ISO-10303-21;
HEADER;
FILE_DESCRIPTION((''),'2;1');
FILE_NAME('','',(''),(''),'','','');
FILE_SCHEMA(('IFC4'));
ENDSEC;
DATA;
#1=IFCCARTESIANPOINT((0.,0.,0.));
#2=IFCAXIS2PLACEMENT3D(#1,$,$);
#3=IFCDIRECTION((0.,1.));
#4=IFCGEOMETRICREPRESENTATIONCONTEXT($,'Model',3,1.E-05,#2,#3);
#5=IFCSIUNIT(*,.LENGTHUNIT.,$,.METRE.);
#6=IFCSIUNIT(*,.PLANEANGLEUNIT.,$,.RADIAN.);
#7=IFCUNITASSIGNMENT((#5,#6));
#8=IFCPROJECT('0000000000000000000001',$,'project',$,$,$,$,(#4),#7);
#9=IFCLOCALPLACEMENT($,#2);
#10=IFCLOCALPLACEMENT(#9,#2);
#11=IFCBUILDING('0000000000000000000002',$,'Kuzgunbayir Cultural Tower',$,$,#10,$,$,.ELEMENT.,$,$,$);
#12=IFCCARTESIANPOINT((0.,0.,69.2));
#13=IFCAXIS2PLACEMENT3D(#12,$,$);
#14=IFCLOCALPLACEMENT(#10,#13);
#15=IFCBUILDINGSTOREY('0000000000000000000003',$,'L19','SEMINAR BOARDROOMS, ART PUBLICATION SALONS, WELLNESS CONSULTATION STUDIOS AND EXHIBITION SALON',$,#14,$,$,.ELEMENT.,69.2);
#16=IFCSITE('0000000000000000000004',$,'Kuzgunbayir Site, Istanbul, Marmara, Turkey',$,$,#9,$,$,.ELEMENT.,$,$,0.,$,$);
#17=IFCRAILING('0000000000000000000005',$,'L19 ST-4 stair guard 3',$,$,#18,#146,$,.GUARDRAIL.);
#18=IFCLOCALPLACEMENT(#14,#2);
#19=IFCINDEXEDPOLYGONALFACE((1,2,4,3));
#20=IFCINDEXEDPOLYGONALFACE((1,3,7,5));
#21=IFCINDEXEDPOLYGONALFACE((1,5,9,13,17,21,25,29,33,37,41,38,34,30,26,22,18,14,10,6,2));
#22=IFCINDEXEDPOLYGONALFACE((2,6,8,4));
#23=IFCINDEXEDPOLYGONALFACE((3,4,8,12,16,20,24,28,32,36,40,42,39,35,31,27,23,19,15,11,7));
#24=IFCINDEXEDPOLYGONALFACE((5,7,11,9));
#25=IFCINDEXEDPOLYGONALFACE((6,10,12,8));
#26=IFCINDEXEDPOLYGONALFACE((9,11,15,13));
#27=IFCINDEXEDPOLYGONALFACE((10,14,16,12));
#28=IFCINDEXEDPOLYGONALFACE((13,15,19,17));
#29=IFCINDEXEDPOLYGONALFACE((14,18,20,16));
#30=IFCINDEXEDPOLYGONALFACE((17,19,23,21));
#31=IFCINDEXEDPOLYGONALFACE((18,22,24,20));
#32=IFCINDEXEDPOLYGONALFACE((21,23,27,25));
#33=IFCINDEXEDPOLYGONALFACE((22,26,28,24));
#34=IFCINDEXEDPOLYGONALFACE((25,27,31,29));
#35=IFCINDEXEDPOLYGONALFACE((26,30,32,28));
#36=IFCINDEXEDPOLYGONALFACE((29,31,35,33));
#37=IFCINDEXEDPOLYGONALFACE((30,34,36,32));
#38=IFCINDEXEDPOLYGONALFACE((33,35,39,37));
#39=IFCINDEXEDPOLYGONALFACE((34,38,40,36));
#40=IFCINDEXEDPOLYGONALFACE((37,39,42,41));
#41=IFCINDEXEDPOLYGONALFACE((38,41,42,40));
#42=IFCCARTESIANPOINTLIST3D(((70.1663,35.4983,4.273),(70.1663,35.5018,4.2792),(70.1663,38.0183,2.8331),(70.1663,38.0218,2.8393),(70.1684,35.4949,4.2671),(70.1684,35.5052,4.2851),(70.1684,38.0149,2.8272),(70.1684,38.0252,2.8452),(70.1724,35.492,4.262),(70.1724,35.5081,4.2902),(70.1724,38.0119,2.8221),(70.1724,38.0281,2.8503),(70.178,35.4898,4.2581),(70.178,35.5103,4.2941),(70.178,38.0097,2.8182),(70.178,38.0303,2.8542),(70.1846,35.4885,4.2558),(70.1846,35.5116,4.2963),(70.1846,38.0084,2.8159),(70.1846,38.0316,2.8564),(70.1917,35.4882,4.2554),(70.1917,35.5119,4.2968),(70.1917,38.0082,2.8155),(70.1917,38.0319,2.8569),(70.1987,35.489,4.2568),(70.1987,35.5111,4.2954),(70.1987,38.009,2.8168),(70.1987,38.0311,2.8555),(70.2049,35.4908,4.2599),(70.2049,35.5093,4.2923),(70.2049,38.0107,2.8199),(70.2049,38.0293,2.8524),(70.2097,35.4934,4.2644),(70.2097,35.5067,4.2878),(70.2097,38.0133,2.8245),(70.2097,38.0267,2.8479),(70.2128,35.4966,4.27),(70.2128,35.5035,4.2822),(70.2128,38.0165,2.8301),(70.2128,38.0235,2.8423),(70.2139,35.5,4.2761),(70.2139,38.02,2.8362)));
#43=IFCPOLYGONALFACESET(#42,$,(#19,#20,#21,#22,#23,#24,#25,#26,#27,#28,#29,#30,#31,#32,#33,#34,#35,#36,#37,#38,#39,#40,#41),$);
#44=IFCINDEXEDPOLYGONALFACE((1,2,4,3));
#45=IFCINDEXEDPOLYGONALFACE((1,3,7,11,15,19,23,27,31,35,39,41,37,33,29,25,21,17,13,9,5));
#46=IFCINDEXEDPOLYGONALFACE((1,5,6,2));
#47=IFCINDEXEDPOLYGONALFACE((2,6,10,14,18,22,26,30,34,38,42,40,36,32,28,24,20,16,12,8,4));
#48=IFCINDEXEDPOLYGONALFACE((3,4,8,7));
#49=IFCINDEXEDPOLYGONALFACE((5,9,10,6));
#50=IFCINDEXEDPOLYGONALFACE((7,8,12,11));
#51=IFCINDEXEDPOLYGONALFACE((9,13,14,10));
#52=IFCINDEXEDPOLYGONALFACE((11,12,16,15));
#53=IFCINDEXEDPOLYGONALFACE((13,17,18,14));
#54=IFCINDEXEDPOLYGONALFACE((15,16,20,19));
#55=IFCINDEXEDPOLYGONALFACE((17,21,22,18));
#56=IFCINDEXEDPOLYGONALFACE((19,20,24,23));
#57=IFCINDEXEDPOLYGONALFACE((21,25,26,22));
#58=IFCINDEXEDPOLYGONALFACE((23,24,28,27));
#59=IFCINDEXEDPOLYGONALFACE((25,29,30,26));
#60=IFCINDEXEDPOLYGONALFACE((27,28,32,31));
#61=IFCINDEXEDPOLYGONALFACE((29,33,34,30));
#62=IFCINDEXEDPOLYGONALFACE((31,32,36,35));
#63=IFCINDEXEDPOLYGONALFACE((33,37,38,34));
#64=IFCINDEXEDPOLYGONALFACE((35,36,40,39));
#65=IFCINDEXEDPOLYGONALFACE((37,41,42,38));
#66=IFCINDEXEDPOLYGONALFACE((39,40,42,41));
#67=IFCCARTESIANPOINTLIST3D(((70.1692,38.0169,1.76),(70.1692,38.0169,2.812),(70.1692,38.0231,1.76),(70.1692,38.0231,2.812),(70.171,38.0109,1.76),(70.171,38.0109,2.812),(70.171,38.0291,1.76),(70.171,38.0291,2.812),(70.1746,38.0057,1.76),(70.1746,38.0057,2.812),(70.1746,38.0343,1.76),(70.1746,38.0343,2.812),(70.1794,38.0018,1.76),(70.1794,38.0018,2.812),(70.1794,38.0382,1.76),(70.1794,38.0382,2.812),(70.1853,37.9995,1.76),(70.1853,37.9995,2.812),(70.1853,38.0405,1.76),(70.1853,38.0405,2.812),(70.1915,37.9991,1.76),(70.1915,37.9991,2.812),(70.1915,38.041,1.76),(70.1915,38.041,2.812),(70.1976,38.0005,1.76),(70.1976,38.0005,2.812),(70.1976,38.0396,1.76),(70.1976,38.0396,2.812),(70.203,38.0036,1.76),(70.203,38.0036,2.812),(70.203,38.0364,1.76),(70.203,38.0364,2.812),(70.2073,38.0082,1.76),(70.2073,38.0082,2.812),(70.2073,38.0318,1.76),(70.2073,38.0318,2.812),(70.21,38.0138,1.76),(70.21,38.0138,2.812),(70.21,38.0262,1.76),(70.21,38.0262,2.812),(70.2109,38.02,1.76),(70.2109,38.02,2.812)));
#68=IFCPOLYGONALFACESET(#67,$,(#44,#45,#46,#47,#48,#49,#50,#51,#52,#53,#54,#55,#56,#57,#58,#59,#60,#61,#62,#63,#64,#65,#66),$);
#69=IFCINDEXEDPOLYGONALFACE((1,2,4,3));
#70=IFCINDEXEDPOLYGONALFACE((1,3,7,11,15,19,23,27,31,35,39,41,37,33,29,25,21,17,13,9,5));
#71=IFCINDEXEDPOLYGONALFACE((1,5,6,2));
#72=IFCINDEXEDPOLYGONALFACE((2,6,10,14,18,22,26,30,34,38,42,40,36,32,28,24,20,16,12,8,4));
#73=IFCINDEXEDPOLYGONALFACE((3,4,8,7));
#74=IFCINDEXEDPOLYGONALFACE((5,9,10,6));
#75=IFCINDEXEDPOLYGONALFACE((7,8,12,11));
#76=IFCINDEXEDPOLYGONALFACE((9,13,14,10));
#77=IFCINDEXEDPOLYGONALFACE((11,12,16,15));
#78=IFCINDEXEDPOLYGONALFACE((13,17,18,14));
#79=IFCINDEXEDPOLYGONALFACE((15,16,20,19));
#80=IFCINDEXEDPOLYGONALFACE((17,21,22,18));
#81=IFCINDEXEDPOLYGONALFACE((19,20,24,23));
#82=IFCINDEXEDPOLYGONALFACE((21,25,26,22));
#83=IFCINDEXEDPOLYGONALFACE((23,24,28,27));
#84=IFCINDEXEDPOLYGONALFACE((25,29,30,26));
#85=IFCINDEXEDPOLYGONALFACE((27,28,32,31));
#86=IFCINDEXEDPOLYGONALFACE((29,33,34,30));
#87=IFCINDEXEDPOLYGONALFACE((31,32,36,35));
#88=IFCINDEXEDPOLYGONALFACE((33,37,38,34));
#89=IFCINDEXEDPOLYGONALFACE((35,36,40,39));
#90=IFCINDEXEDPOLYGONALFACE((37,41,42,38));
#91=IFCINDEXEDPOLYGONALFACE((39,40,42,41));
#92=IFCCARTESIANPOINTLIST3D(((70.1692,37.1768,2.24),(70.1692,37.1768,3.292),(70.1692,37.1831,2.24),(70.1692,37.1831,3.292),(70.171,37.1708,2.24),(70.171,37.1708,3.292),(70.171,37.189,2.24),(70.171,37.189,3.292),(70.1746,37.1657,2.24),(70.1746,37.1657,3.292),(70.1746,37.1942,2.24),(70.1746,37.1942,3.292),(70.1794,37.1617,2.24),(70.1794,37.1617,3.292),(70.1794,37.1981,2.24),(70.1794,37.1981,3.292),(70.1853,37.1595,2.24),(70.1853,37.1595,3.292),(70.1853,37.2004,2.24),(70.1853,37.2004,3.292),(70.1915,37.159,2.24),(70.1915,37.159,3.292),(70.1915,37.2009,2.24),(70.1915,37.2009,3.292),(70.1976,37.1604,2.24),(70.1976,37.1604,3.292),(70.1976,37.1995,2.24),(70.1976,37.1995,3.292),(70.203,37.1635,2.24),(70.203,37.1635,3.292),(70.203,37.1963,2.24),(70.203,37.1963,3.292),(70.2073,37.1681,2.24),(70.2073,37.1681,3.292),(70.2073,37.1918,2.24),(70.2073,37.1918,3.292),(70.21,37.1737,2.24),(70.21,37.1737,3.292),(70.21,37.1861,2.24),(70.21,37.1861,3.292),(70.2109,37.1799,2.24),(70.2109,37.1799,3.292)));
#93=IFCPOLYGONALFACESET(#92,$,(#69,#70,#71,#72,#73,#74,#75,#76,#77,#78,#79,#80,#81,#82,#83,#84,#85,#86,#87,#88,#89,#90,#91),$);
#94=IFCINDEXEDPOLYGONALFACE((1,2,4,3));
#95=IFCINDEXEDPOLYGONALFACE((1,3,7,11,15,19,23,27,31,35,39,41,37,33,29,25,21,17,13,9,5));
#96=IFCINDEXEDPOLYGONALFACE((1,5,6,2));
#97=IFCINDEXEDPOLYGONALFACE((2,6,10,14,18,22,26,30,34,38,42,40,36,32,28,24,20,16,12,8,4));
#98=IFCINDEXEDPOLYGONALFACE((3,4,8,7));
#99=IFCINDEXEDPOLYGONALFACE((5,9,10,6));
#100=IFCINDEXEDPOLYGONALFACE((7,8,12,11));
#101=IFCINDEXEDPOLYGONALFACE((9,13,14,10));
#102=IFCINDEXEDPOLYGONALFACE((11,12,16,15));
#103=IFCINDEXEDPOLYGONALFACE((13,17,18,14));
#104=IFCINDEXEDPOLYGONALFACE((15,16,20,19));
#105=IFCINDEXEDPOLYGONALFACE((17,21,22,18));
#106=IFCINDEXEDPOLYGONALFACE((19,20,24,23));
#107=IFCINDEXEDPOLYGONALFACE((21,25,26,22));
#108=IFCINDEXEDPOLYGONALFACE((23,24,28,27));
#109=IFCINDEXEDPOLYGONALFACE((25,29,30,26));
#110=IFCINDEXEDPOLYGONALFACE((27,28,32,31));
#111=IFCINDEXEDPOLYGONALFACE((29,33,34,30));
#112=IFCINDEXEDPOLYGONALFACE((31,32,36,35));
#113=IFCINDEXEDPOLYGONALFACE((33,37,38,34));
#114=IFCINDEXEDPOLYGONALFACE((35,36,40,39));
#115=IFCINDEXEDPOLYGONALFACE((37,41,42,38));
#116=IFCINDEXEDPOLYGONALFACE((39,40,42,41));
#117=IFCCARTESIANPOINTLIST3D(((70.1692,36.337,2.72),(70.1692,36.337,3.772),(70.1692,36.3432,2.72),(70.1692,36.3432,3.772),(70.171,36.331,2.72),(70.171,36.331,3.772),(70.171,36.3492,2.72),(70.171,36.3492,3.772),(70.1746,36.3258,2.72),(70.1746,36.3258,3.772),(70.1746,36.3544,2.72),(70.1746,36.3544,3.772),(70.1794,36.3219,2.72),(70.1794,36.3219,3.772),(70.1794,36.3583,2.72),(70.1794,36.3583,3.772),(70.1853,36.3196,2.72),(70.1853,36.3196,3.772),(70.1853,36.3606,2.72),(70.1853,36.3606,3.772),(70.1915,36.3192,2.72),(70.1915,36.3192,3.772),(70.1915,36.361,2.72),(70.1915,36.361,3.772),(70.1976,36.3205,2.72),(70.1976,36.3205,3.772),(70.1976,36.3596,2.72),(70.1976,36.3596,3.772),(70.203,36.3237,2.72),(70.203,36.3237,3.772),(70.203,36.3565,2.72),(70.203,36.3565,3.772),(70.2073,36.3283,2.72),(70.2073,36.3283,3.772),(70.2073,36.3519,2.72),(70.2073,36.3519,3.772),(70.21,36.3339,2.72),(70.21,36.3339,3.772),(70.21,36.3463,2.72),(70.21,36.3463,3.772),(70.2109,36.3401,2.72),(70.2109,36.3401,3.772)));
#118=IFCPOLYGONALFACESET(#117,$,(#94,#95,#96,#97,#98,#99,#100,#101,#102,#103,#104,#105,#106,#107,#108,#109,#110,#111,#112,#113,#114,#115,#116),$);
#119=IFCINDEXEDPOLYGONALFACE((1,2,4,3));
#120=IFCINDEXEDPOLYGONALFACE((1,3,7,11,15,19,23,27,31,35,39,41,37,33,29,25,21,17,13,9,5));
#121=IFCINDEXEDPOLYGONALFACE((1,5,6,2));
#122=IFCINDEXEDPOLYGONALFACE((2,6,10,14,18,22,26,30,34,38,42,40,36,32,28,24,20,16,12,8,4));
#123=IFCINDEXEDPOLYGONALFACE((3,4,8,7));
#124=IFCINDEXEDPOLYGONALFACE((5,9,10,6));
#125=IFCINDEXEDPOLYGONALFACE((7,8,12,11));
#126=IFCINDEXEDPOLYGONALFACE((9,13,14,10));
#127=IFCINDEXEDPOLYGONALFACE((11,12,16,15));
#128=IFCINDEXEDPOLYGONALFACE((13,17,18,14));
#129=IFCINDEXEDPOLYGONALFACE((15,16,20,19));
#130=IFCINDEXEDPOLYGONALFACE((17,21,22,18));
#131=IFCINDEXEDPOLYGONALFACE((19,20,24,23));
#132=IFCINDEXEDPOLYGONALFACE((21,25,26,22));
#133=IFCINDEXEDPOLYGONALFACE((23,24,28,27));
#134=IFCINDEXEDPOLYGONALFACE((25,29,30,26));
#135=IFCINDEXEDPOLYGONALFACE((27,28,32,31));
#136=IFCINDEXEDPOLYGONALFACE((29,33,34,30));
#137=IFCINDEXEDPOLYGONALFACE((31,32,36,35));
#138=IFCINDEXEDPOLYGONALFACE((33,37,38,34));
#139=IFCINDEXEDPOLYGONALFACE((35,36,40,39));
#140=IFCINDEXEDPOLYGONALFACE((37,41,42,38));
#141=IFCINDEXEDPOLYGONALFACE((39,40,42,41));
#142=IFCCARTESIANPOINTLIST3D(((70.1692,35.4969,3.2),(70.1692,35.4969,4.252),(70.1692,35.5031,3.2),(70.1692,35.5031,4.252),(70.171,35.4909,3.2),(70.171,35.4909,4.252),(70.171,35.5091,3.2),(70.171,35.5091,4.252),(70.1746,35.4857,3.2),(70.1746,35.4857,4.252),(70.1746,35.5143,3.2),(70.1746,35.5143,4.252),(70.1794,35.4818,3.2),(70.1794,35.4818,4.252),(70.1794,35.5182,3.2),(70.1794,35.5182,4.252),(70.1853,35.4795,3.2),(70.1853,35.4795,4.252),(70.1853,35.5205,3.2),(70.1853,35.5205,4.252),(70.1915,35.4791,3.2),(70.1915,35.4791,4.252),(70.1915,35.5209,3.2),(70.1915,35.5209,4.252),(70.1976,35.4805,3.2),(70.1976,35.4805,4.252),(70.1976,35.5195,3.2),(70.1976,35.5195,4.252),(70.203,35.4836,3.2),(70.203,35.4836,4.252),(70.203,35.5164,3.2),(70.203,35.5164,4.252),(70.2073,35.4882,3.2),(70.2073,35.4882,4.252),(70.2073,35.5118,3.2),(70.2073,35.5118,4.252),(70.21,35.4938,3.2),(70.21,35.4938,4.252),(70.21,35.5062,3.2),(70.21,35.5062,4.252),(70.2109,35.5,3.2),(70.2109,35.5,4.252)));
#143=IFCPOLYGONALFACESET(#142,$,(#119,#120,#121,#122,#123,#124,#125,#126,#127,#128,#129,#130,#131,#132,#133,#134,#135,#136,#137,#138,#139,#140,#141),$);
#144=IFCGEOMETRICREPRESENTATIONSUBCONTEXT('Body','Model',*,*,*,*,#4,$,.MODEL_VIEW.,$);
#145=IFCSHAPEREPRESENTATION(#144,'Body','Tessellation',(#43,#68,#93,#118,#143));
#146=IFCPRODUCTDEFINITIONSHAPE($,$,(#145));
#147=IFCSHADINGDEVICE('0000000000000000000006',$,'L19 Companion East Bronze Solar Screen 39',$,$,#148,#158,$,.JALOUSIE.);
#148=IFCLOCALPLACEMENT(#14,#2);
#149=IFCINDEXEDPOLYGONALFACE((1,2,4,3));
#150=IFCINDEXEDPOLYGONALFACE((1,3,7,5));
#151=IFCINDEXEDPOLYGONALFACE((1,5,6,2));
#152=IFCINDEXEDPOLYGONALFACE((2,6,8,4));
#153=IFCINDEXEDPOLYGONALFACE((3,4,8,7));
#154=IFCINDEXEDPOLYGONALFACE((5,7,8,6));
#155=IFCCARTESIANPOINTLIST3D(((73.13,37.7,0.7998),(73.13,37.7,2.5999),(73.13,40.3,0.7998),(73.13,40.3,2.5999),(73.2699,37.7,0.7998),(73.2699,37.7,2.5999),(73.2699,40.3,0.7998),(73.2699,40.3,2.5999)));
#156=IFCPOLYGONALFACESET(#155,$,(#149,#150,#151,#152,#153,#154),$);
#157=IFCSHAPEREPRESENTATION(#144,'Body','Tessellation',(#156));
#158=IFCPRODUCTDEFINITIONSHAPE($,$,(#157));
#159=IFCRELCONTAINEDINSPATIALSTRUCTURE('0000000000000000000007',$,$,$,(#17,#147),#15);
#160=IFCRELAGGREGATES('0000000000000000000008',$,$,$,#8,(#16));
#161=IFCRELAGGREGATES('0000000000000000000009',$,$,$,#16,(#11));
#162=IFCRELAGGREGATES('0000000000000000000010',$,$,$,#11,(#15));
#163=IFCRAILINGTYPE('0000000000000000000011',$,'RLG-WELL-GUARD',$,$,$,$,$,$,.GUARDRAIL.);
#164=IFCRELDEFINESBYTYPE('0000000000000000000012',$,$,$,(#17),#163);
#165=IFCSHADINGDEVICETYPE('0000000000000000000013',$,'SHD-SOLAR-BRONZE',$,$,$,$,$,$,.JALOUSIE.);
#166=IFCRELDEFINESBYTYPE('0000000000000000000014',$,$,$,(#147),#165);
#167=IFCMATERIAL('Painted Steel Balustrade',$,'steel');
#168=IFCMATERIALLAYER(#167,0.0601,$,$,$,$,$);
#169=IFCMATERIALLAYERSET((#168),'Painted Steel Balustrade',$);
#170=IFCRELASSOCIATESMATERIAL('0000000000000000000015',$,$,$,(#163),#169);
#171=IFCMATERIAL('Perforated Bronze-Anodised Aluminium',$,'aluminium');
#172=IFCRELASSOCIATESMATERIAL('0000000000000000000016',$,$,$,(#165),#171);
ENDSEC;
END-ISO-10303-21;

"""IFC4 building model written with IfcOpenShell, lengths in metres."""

from ifc_helpers import new_model, si_unit, direction, frame, origin, origin_2d, place, context, subcontext, project, spatial, rectangle, circle, extrude, material, layer, layer_set, type_object, element, save


model = new_model("IFC4")

# Units and contexts
model_context = context("Model", 3, precision=1e-05, world=origin(), true_north=direction((0.0, 1.0)))
body_context = subcontext(model_context, "Body", "Model", "MODEL_VIEW")
ifc_project = project(units=[si_unit("LENGTHUNIT", "METRE"), si_unit("PLANEANGLEUNIT", "RADIAN")], contexts=[model_context])

# Site, building, storey
site_placement = place(None, origin())
site = spatial("IfcSite", under=ifc_project, at=site_placement, Name="Kuzgunbayir Site, Istanbul, Marmara, Turkey", CompositionType="ELEMENT", RefElevation=0.0)
building_placement = place(site_placement, origin())
building = spatial("IfcBuilding", under=site, at=building_placement, Name="Kuzgunbayir Cultural Tower", CompositionType="ELEMENT")
storey_placement = place(building_placement, frame((0.0, 0.0, 69.2)))
storey = spatial("IfcBuildingStorey", under=building, at=storey_placement, Name="L19", Description="SEMINAR BOARDROOMS, ART PUBLICATION SALONS, WELLNESS CONSULTATION STUDIOS AND EXHIBITION SALON", CompositionType="ELEMENT", Elevation=69.2)

# Railing
ifc_material_1 = material(Name="Painted Steel Balustrade", Category="steel")
ifc_layer_1 = layer(ifc_material_1, 0.0601)
ifc_layer_set_1 = layer_set([ifc_layer_1], Name="Painted Steel Balustrade")
railing_type_1 = type_object("IfcRailingType", Name="RLG-WELL-GUARD", PredefinedType="GUARDRAIL", material=ifc_layer_set_1)
railing_1_placement = place(storey_placement, frame((70.1899, 38.02, 1.76)))
element("IfcRailing", 1, at=railing_1_placement, inside=storey, type_object=railing_type_1, Name="L19 ST-4 stair guard 3", PredefinedType="GUARDRAIL", context=body_context, shape_type="SweptSolid", body=[
    extrude(circle(Radius=0.0239, at=origin_2d()), frame((0.0, 0.0, 1.0762), z_axis=(0.0, -0.868253, 0.496121), x_axis=(1.0, 0.0, 0.0)), (0.0, 0.0, 1.0), 2.9023),
    extrude(circle(Radius=0.021, at=origin_2d()), origin(), (0.0, 0.0, 1.0), 1.052),
    extrude(circle(Radius=0.021, at=origin_2d()), frame((0.0, -0.8401, 0.48)), (0.0, 0.0, 1.0), 1.052),
    extrude(circle(Radius=0.021, at=origin_2d()), frame((0.0, -1.6799, 0.96)), (0.0, 0.0, 1.0), 1.052),
    extrude(circle(Radius=0.021, at=origin_2d()), frame((0.0, -2.52, 1.4399)), (0.0, 0.0, 1.0), 1.052),
])

# Shading device
ifc_material_2 = material(Name="Perforated Bronze-Anodised Aluminium", Category="aluminium")
shading_device_type = type_object("IfcShadingDeviceType", Name="SHD-SOLAR-BRONZE", PredefinedType="JALOUSIE", material=ifc_material_2)
shading_device_placement = place(storey_placement, frame((73.2, 39.0, 0.7998), z_axis=(0.0, 0.0, 1.0), x_axis=(1.0, 0.0, 0.0)))
element("IfcShadingDevice", 2, at=shading_device_placement, inside=storey, type_object=shading_device_type, Name="L19 Companion East Bronze Solar Screen 39", PredefinedType="JALOUSIE", context=body_context, shape_type="SweptSolid", body=[
    extrude(rectangle(XDim=0.1399, YDim=2.6001, at=origin_2d()), origin(), (0.0, 0.0, 1.0), 1.8),
])

save(model, "model.ifc")
